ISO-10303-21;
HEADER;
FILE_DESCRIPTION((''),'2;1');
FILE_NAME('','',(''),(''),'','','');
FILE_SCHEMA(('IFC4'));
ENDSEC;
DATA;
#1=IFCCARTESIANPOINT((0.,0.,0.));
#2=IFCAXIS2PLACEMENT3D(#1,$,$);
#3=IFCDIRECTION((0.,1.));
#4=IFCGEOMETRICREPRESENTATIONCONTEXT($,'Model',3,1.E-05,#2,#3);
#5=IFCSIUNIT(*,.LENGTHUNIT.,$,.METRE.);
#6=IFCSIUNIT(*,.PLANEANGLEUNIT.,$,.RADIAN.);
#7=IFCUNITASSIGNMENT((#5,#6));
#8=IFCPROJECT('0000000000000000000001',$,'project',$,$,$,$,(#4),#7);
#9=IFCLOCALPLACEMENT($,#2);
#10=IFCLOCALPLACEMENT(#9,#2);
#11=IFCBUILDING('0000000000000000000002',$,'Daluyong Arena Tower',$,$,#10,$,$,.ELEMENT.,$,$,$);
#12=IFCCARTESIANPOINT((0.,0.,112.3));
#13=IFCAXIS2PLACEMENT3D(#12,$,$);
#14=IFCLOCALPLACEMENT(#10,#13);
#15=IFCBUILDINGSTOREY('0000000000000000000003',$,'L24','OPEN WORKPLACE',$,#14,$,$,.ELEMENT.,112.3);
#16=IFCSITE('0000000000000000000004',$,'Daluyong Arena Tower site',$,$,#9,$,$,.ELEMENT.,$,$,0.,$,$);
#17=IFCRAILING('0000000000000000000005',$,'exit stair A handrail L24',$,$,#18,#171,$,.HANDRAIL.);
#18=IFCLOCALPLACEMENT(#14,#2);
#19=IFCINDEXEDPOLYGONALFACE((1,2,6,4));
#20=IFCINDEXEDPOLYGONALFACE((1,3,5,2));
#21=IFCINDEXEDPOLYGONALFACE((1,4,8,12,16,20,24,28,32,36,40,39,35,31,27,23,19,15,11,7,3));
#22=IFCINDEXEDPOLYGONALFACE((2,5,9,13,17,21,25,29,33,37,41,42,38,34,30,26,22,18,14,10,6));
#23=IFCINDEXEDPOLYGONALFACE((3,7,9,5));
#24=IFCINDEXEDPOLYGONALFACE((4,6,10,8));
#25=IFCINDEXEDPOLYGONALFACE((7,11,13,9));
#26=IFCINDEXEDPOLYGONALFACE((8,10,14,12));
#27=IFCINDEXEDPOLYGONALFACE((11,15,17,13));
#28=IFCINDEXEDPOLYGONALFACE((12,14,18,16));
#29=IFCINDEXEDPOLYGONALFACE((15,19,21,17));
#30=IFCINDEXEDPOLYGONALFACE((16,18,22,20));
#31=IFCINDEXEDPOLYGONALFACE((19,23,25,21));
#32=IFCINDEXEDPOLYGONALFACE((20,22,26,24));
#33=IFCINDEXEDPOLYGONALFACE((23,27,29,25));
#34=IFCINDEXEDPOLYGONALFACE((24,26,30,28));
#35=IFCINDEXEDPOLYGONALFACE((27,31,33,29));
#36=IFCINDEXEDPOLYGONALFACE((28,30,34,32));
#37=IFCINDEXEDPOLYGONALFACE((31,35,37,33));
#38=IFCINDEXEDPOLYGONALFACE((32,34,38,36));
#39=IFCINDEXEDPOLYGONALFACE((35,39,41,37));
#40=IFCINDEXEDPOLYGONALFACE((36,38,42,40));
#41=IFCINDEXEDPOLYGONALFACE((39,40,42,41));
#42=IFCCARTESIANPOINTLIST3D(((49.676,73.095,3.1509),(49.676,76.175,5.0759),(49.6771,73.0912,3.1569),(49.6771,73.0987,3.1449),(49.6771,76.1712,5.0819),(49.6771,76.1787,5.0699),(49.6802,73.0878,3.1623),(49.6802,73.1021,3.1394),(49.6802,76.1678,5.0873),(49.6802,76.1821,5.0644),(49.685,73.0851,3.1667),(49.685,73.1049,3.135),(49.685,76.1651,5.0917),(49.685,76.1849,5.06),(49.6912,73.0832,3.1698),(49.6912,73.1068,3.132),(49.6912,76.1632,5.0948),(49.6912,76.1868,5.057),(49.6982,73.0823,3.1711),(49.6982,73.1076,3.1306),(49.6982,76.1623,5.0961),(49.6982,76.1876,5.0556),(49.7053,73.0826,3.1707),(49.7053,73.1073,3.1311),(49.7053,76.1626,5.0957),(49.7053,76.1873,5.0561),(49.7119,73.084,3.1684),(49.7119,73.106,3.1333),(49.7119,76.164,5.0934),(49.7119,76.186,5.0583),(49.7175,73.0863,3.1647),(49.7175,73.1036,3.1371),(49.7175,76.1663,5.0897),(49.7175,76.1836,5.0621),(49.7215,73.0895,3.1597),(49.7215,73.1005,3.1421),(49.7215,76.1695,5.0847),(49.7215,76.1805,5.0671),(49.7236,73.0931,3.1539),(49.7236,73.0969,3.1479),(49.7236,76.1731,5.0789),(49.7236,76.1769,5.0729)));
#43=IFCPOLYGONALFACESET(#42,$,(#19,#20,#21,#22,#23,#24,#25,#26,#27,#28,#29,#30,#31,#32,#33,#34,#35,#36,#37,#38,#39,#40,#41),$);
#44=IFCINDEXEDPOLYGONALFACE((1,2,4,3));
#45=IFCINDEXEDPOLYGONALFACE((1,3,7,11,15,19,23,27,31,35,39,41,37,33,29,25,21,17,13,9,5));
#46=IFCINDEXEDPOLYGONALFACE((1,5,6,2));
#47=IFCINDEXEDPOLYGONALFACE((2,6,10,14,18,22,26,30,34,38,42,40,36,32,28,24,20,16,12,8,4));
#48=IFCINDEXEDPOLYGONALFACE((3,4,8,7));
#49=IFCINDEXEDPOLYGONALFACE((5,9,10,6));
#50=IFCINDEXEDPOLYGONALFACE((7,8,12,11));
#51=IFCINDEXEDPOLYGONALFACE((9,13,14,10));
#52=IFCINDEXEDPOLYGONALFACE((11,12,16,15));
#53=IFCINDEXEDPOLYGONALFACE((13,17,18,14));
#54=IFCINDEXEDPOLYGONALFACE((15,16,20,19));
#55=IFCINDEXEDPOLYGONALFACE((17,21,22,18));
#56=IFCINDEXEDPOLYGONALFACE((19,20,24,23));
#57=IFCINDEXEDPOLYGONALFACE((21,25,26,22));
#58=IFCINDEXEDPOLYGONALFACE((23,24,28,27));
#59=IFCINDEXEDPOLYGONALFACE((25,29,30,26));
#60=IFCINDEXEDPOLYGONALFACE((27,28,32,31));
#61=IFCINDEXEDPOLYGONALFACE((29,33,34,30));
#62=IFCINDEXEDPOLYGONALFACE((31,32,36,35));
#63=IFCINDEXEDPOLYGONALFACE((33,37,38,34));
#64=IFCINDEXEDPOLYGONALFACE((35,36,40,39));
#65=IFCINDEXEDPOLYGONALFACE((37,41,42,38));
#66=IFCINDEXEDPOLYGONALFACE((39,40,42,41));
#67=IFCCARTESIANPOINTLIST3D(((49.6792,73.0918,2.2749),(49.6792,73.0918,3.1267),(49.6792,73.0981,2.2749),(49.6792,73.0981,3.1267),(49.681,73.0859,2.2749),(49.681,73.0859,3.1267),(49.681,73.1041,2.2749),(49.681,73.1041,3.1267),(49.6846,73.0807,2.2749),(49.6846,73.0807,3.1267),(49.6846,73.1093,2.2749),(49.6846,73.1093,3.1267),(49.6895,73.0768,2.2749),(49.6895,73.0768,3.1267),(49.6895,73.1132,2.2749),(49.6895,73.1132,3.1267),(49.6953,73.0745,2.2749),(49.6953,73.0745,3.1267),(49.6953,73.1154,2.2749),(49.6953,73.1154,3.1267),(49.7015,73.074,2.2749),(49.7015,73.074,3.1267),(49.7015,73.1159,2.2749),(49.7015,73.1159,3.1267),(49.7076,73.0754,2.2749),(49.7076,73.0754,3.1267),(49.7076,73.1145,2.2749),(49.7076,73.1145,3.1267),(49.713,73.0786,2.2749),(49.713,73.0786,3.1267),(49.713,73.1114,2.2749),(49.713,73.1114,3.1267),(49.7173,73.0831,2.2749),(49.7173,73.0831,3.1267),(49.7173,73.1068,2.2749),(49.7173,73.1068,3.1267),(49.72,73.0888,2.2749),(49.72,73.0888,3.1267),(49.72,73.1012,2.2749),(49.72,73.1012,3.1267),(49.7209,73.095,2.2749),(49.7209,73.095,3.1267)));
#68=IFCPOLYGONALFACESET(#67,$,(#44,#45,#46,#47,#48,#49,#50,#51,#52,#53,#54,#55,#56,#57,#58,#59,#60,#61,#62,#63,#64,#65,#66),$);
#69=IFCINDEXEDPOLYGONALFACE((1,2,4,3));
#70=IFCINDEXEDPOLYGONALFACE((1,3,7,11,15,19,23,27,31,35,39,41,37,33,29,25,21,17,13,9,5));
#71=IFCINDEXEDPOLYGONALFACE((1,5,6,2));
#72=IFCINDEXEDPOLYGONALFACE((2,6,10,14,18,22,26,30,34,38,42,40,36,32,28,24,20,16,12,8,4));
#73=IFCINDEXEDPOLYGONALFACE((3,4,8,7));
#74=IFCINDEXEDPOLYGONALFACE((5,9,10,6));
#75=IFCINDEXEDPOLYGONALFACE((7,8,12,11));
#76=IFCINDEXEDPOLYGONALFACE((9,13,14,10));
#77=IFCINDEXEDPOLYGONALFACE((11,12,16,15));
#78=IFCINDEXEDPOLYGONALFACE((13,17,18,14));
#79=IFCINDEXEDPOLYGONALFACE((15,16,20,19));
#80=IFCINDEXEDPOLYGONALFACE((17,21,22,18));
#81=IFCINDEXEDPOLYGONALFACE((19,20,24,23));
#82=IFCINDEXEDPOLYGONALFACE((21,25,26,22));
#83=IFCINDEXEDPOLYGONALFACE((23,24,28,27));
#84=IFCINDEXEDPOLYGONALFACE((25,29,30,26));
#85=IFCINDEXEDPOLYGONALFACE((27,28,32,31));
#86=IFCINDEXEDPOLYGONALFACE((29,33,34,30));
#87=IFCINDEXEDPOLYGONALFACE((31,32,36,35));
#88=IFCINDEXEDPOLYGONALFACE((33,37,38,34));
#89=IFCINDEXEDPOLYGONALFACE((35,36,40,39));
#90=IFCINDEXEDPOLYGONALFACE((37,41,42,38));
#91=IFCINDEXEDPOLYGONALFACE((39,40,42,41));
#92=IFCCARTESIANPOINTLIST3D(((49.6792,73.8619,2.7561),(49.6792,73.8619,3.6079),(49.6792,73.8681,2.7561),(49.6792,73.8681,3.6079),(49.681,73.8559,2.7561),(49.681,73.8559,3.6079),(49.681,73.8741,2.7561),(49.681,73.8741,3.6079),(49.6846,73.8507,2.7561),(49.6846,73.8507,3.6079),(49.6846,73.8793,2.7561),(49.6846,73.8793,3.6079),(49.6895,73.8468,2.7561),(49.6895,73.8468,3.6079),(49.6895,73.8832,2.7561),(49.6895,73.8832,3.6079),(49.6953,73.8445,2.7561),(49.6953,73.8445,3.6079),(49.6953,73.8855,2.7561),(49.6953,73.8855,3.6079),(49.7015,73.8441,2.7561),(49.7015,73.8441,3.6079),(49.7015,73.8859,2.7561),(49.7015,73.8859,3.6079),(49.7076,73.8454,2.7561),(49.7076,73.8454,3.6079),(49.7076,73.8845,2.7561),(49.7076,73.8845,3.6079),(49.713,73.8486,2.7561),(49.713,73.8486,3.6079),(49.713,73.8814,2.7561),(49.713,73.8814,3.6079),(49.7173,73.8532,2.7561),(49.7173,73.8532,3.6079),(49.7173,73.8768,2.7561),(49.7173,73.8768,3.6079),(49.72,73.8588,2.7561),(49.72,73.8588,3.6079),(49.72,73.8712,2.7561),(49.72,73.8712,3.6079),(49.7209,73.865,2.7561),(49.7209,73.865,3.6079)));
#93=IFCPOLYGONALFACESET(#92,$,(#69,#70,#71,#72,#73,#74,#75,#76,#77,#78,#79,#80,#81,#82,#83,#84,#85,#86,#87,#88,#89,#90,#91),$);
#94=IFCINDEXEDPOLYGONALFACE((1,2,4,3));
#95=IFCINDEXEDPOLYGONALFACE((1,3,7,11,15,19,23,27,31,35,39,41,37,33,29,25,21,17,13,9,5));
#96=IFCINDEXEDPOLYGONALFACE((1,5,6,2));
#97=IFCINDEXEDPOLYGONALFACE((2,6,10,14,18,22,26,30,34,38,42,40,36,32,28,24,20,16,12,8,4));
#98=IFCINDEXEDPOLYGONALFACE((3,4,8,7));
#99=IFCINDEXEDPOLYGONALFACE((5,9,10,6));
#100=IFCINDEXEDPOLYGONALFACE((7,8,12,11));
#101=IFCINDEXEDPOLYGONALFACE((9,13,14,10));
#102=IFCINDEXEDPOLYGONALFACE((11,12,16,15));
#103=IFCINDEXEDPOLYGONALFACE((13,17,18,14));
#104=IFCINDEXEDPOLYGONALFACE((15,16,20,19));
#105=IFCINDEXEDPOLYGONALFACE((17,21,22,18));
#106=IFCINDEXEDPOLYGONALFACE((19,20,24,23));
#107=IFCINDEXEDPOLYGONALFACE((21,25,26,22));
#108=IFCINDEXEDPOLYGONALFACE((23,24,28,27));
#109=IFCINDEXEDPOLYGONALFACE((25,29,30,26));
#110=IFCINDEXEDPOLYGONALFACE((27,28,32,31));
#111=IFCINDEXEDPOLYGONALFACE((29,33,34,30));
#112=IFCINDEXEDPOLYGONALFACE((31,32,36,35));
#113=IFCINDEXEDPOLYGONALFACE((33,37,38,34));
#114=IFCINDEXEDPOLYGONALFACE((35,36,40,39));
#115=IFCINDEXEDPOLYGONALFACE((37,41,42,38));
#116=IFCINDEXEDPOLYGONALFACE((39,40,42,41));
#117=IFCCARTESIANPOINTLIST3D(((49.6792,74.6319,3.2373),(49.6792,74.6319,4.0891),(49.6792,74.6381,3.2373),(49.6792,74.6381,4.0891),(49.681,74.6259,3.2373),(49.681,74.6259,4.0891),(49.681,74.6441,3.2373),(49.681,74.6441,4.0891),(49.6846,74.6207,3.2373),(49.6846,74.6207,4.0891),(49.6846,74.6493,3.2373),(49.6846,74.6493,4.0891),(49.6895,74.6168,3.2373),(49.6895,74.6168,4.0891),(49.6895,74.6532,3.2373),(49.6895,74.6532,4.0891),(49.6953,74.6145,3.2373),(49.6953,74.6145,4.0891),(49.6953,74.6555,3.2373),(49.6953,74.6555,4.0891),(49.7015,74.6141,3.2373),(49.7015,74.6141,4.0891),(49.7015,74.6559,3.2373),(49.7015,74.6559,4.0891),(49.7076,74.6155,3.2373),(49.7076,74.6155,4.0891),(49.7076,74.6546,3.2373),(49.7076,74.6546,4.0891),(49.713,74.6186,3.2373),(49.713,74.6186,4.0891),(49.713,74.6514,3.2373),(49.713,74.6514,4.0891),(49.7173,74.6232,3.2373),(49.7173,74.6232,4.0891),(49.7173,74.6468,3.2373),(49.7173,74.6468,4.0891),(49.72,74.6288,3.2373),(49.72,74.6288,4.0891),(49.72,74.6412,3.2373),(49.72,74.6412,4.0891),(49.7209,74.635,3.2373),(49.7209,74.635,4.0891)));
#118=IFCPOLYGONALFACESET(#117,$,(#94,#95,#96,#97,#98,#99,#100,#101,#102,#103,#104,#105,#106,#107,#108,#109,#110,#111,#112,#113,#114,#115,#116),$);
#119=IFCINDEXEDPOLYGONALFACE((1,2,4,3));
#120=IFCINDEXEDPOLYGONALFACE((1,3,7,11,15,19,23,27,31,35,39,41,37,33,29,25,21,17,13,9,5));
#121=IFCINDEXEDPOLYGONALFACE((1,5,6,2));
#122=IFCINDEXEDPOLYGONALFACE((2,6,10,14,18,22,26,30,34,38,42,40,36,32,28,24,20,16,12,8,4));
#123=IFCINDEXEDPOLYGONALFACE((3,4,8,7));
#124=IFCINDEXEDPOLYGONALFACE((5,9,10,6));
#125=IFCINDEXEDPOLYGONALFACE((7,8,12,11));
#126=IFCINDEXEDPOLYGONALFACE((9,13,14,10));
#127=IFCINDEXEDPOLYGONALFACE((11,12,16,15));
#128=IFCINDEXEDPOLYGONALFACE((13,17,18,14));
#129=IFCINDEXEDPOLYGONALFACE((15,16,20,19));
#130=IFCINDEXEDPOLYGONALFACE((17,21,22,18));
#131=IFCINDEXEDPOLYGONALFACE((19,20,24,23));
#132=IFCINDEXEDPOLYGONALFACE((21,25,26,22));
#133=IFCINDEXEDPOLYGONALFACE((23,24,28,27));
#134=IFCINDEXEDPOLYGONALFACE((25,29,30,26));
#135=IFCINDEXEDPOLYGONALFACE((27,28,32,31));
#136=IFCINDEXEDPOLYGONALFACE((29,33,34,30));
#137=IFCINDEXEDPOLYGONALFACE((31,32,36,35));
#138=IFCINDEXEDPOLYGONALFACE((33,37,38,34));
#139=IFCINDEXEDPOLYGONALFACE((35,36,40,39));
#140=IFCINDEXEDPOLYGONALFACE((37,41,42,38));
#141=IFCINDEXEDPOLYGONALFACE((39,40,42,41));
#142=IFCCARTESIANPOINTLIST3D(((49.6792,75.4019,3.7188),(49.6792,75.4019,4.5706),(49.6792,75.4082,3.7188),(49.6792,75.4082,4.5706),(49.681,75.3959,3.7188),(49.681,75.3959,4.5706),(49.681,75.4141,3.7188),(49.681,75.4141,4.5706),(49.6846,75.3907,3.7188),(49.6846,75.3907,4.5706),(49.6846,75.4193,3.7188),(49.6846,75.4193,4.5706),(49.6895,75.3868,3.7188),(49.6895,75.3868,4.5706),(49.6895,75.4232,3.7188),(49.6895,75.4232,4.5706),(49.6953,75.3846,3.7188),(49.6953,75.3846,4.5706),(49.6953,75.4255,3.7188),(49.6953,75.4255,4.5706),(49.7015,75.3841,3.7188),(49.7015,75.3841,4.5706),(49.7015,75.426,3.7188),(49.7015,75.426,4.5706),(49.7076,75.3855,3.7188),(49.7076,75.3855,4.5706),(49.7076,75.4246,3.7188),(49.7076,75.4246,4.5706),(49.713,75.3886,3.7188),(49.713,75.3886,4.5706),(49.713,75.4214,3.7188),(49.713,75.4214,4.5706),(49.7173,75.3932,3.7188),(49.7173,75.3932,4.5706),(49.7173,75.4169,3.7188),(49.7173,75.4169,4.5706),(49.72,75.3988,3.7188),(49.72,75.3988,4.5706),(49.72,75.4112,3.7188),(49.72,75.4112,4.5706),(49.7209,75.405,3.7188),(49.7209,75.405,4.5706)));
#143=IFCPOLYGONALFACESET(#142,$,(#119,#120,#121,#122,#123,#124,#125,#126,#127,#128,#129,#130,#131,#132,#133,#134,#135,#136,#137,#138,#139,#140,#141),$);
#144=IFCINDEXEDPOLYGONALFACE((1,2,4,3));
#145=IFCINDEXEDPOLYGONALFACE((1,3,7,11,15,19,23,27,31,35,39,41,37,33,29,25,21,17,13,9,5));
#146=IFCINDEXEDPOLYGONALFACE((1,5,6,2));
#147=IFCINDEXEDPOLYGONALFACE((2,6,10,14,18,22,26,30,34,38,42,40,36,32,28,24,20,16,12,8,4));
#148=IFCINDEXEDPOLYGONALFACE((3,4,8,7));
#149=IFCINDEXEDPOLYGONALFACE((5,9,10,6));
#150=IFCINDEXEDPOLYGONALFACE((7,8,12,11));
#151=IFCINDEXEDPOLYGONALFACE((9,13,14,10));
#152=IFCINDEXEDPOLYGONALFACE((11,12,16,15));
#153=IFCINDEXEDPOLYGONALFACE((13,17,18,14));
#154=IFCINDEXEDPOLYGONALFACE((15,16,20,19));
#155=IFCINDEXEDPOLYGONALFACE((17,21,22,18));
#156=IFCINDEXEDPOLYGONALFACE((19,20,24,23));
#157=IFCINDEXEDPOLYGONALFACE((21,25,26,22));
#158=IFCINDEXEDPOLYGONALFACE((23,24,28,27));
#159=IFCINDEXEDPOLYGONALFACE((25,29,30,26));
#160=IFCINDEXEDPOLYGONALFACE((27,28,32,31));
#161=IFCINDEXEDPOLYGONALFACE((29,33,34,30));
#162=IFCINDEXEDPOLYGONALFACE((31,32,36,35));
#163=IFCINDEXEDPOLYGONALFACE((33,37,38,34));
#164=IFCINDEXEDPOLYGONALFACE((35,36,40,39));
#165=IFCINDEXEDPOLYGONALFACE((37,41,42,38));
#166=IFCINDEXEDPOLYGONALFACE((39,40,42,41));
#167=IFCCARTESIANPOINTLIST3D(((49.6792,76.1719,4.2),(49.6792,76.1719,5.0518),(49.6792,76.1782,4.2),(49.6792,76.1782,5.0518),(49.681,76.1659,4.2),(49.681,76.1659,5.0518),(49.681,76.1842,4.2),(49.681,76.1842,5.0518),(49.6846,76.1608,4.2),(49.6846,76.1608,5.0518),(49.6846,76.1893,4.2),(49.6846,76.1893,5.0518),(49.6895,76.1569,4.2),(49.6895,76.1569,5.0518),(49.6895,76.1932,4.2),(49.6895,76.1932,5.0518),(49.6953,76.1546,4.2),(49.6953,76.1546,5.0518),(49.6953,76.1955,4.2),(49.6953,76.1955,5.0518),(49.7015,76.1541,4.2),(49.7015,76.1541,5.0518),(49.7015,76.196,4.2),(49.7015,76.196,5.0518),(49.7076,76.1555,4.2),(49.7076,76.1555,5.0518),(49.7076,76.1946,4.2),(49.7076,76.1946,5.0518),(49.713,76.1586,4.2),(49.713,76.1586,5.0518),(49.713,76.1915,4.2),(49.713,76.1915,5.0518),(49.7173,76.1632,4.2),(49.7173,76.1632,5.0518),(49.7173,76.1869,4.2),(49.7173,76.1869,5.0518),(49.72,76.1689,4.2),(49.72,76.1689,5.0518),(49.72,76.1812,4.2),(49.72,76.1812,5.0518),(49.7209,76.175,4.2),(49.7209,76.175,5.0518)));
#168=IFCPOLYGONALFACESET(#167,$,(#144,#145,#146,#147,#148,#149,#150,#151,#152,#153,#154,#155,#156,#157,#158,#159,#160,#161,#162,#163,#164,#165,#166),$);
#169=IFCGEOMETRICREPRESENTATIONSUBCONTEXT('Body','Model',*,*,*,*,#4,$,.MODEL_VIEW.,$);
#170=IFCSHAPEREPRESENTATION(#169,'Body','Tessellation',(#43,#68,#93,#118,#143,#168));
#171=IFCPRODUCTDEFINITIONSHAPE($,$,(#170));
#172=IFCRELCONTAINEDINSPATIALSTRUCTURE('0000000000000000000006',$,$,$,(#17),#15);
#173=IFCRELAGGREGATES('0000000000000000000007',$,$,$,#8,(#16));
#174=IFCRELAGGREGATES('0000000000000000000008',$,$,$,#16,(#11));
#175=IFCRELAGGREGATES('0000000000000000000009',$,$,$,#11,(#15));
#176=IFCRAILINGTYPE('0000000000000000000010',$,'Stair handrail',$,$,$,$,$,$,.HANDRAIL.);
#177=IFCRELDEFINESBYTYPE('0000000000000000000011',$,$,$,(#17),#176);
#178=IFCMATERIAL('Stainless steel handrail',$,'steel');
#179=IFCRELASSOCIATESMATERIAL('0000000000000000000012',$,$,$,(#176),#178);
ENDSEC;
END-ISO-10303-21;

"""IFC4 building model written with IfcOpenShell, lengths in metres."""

from ifc_helpers import new_model, si_unit, direction, frame, origin, origin_2d, place, context, subcontext, project, spatial, circle, extrude, material, type_object, element, save


model = new_model("IFC4")

# Units and contexts
model_context = context("Model", 3, precision=1e-05, world=origin(), true_north=direction((0.0, 1.0)))
body_context = subcontext(model_context, "Body", "Model", "MODEL_VIEW")
ifc_project = project(units=[si_unit("LENGTHUNIT", "METRE"), si_unit("PLANEANGLEUNIT", "RADIAN")], contexts=[model_context])

# Site, building, storey
site_placement = place(None, origin())
site = spatial("IfcSite", under=ifc_project, at=site_placement, Name="Daluyong Arena Tower site", CompositionType="ELEMENT", RefElevation=0.0)
building_placement = place(site_placement, origin())
building = spatial("IfcBuilding", under=site, at=building_placement, Name="Daluyong Arena Tower", CompositionType="ELEMENT")
storey_placement = place(building_placement, frame((0.0, 0.0, 112.3)))
storey = spatial("IfcBuildingStorey", under=building, at=storey_placement, Name="L24", Description="OPEN WORKPLACE", CompositionType="ELEMENT", Elevation=112.3)

# Railing
ifc_material_1 = material(Name="Stainless steel handrail", Category="steel")
railing_type_1 = type_object("IfcRailingType", Name="Stair handrail", PredefinedType="HANDRAIL", material=ifc_material_1)
railing_1_placement = place(storey_placement, frame((49.7, 73.095, 2.2749)))
element("IfcRailing", 1, at=railing_1_placement, inside=storey, type_object=railing_type_1, Name="exit stair A handrail L24", PredefinedType="HANDRAIL", context=body_context, shape_type="SweptSolid", body=[
    extrude(circle(Radius=0.0239, at=origin_2d()), frame((0.0, 0.0, 0.876), z_axis=(0.0, 0.847998, 0.529999), x_axis=(-1.0, 0.0, 0.0)), (0.0, 0.0, 1.0), 3.6321),
    extrude(circle(Radius=0.021, at=origin_2d()), origin(), (0.0, 0.0, 1.0), 0.8518),
    extrude(circle(Radius=0.021, at=origin_2d()), frame((0.0, 0.77, 0.4812)), (0.0, 0.0, 1.0), 0.8518),
    extrude(circle(Radius=0.021, at=origin_2d()), frame((0.0, 1.54, 0.9624)), (0.0, 0.0, 1.0), 0.8518),
    extrude(circle(Radius=0.021, at=origin_2d()), frame((0.0, 2.3101, 1.4438)), (0.0, 0.0, 1.0), 0.8518),
    extrude(circle(Radius=0.021, at=origin_2d()), frame((0.0, 3.0801, 1.925)), (0.0, 0.0, 1.0), 0.8518),
])

save(model, "model.ifc")
